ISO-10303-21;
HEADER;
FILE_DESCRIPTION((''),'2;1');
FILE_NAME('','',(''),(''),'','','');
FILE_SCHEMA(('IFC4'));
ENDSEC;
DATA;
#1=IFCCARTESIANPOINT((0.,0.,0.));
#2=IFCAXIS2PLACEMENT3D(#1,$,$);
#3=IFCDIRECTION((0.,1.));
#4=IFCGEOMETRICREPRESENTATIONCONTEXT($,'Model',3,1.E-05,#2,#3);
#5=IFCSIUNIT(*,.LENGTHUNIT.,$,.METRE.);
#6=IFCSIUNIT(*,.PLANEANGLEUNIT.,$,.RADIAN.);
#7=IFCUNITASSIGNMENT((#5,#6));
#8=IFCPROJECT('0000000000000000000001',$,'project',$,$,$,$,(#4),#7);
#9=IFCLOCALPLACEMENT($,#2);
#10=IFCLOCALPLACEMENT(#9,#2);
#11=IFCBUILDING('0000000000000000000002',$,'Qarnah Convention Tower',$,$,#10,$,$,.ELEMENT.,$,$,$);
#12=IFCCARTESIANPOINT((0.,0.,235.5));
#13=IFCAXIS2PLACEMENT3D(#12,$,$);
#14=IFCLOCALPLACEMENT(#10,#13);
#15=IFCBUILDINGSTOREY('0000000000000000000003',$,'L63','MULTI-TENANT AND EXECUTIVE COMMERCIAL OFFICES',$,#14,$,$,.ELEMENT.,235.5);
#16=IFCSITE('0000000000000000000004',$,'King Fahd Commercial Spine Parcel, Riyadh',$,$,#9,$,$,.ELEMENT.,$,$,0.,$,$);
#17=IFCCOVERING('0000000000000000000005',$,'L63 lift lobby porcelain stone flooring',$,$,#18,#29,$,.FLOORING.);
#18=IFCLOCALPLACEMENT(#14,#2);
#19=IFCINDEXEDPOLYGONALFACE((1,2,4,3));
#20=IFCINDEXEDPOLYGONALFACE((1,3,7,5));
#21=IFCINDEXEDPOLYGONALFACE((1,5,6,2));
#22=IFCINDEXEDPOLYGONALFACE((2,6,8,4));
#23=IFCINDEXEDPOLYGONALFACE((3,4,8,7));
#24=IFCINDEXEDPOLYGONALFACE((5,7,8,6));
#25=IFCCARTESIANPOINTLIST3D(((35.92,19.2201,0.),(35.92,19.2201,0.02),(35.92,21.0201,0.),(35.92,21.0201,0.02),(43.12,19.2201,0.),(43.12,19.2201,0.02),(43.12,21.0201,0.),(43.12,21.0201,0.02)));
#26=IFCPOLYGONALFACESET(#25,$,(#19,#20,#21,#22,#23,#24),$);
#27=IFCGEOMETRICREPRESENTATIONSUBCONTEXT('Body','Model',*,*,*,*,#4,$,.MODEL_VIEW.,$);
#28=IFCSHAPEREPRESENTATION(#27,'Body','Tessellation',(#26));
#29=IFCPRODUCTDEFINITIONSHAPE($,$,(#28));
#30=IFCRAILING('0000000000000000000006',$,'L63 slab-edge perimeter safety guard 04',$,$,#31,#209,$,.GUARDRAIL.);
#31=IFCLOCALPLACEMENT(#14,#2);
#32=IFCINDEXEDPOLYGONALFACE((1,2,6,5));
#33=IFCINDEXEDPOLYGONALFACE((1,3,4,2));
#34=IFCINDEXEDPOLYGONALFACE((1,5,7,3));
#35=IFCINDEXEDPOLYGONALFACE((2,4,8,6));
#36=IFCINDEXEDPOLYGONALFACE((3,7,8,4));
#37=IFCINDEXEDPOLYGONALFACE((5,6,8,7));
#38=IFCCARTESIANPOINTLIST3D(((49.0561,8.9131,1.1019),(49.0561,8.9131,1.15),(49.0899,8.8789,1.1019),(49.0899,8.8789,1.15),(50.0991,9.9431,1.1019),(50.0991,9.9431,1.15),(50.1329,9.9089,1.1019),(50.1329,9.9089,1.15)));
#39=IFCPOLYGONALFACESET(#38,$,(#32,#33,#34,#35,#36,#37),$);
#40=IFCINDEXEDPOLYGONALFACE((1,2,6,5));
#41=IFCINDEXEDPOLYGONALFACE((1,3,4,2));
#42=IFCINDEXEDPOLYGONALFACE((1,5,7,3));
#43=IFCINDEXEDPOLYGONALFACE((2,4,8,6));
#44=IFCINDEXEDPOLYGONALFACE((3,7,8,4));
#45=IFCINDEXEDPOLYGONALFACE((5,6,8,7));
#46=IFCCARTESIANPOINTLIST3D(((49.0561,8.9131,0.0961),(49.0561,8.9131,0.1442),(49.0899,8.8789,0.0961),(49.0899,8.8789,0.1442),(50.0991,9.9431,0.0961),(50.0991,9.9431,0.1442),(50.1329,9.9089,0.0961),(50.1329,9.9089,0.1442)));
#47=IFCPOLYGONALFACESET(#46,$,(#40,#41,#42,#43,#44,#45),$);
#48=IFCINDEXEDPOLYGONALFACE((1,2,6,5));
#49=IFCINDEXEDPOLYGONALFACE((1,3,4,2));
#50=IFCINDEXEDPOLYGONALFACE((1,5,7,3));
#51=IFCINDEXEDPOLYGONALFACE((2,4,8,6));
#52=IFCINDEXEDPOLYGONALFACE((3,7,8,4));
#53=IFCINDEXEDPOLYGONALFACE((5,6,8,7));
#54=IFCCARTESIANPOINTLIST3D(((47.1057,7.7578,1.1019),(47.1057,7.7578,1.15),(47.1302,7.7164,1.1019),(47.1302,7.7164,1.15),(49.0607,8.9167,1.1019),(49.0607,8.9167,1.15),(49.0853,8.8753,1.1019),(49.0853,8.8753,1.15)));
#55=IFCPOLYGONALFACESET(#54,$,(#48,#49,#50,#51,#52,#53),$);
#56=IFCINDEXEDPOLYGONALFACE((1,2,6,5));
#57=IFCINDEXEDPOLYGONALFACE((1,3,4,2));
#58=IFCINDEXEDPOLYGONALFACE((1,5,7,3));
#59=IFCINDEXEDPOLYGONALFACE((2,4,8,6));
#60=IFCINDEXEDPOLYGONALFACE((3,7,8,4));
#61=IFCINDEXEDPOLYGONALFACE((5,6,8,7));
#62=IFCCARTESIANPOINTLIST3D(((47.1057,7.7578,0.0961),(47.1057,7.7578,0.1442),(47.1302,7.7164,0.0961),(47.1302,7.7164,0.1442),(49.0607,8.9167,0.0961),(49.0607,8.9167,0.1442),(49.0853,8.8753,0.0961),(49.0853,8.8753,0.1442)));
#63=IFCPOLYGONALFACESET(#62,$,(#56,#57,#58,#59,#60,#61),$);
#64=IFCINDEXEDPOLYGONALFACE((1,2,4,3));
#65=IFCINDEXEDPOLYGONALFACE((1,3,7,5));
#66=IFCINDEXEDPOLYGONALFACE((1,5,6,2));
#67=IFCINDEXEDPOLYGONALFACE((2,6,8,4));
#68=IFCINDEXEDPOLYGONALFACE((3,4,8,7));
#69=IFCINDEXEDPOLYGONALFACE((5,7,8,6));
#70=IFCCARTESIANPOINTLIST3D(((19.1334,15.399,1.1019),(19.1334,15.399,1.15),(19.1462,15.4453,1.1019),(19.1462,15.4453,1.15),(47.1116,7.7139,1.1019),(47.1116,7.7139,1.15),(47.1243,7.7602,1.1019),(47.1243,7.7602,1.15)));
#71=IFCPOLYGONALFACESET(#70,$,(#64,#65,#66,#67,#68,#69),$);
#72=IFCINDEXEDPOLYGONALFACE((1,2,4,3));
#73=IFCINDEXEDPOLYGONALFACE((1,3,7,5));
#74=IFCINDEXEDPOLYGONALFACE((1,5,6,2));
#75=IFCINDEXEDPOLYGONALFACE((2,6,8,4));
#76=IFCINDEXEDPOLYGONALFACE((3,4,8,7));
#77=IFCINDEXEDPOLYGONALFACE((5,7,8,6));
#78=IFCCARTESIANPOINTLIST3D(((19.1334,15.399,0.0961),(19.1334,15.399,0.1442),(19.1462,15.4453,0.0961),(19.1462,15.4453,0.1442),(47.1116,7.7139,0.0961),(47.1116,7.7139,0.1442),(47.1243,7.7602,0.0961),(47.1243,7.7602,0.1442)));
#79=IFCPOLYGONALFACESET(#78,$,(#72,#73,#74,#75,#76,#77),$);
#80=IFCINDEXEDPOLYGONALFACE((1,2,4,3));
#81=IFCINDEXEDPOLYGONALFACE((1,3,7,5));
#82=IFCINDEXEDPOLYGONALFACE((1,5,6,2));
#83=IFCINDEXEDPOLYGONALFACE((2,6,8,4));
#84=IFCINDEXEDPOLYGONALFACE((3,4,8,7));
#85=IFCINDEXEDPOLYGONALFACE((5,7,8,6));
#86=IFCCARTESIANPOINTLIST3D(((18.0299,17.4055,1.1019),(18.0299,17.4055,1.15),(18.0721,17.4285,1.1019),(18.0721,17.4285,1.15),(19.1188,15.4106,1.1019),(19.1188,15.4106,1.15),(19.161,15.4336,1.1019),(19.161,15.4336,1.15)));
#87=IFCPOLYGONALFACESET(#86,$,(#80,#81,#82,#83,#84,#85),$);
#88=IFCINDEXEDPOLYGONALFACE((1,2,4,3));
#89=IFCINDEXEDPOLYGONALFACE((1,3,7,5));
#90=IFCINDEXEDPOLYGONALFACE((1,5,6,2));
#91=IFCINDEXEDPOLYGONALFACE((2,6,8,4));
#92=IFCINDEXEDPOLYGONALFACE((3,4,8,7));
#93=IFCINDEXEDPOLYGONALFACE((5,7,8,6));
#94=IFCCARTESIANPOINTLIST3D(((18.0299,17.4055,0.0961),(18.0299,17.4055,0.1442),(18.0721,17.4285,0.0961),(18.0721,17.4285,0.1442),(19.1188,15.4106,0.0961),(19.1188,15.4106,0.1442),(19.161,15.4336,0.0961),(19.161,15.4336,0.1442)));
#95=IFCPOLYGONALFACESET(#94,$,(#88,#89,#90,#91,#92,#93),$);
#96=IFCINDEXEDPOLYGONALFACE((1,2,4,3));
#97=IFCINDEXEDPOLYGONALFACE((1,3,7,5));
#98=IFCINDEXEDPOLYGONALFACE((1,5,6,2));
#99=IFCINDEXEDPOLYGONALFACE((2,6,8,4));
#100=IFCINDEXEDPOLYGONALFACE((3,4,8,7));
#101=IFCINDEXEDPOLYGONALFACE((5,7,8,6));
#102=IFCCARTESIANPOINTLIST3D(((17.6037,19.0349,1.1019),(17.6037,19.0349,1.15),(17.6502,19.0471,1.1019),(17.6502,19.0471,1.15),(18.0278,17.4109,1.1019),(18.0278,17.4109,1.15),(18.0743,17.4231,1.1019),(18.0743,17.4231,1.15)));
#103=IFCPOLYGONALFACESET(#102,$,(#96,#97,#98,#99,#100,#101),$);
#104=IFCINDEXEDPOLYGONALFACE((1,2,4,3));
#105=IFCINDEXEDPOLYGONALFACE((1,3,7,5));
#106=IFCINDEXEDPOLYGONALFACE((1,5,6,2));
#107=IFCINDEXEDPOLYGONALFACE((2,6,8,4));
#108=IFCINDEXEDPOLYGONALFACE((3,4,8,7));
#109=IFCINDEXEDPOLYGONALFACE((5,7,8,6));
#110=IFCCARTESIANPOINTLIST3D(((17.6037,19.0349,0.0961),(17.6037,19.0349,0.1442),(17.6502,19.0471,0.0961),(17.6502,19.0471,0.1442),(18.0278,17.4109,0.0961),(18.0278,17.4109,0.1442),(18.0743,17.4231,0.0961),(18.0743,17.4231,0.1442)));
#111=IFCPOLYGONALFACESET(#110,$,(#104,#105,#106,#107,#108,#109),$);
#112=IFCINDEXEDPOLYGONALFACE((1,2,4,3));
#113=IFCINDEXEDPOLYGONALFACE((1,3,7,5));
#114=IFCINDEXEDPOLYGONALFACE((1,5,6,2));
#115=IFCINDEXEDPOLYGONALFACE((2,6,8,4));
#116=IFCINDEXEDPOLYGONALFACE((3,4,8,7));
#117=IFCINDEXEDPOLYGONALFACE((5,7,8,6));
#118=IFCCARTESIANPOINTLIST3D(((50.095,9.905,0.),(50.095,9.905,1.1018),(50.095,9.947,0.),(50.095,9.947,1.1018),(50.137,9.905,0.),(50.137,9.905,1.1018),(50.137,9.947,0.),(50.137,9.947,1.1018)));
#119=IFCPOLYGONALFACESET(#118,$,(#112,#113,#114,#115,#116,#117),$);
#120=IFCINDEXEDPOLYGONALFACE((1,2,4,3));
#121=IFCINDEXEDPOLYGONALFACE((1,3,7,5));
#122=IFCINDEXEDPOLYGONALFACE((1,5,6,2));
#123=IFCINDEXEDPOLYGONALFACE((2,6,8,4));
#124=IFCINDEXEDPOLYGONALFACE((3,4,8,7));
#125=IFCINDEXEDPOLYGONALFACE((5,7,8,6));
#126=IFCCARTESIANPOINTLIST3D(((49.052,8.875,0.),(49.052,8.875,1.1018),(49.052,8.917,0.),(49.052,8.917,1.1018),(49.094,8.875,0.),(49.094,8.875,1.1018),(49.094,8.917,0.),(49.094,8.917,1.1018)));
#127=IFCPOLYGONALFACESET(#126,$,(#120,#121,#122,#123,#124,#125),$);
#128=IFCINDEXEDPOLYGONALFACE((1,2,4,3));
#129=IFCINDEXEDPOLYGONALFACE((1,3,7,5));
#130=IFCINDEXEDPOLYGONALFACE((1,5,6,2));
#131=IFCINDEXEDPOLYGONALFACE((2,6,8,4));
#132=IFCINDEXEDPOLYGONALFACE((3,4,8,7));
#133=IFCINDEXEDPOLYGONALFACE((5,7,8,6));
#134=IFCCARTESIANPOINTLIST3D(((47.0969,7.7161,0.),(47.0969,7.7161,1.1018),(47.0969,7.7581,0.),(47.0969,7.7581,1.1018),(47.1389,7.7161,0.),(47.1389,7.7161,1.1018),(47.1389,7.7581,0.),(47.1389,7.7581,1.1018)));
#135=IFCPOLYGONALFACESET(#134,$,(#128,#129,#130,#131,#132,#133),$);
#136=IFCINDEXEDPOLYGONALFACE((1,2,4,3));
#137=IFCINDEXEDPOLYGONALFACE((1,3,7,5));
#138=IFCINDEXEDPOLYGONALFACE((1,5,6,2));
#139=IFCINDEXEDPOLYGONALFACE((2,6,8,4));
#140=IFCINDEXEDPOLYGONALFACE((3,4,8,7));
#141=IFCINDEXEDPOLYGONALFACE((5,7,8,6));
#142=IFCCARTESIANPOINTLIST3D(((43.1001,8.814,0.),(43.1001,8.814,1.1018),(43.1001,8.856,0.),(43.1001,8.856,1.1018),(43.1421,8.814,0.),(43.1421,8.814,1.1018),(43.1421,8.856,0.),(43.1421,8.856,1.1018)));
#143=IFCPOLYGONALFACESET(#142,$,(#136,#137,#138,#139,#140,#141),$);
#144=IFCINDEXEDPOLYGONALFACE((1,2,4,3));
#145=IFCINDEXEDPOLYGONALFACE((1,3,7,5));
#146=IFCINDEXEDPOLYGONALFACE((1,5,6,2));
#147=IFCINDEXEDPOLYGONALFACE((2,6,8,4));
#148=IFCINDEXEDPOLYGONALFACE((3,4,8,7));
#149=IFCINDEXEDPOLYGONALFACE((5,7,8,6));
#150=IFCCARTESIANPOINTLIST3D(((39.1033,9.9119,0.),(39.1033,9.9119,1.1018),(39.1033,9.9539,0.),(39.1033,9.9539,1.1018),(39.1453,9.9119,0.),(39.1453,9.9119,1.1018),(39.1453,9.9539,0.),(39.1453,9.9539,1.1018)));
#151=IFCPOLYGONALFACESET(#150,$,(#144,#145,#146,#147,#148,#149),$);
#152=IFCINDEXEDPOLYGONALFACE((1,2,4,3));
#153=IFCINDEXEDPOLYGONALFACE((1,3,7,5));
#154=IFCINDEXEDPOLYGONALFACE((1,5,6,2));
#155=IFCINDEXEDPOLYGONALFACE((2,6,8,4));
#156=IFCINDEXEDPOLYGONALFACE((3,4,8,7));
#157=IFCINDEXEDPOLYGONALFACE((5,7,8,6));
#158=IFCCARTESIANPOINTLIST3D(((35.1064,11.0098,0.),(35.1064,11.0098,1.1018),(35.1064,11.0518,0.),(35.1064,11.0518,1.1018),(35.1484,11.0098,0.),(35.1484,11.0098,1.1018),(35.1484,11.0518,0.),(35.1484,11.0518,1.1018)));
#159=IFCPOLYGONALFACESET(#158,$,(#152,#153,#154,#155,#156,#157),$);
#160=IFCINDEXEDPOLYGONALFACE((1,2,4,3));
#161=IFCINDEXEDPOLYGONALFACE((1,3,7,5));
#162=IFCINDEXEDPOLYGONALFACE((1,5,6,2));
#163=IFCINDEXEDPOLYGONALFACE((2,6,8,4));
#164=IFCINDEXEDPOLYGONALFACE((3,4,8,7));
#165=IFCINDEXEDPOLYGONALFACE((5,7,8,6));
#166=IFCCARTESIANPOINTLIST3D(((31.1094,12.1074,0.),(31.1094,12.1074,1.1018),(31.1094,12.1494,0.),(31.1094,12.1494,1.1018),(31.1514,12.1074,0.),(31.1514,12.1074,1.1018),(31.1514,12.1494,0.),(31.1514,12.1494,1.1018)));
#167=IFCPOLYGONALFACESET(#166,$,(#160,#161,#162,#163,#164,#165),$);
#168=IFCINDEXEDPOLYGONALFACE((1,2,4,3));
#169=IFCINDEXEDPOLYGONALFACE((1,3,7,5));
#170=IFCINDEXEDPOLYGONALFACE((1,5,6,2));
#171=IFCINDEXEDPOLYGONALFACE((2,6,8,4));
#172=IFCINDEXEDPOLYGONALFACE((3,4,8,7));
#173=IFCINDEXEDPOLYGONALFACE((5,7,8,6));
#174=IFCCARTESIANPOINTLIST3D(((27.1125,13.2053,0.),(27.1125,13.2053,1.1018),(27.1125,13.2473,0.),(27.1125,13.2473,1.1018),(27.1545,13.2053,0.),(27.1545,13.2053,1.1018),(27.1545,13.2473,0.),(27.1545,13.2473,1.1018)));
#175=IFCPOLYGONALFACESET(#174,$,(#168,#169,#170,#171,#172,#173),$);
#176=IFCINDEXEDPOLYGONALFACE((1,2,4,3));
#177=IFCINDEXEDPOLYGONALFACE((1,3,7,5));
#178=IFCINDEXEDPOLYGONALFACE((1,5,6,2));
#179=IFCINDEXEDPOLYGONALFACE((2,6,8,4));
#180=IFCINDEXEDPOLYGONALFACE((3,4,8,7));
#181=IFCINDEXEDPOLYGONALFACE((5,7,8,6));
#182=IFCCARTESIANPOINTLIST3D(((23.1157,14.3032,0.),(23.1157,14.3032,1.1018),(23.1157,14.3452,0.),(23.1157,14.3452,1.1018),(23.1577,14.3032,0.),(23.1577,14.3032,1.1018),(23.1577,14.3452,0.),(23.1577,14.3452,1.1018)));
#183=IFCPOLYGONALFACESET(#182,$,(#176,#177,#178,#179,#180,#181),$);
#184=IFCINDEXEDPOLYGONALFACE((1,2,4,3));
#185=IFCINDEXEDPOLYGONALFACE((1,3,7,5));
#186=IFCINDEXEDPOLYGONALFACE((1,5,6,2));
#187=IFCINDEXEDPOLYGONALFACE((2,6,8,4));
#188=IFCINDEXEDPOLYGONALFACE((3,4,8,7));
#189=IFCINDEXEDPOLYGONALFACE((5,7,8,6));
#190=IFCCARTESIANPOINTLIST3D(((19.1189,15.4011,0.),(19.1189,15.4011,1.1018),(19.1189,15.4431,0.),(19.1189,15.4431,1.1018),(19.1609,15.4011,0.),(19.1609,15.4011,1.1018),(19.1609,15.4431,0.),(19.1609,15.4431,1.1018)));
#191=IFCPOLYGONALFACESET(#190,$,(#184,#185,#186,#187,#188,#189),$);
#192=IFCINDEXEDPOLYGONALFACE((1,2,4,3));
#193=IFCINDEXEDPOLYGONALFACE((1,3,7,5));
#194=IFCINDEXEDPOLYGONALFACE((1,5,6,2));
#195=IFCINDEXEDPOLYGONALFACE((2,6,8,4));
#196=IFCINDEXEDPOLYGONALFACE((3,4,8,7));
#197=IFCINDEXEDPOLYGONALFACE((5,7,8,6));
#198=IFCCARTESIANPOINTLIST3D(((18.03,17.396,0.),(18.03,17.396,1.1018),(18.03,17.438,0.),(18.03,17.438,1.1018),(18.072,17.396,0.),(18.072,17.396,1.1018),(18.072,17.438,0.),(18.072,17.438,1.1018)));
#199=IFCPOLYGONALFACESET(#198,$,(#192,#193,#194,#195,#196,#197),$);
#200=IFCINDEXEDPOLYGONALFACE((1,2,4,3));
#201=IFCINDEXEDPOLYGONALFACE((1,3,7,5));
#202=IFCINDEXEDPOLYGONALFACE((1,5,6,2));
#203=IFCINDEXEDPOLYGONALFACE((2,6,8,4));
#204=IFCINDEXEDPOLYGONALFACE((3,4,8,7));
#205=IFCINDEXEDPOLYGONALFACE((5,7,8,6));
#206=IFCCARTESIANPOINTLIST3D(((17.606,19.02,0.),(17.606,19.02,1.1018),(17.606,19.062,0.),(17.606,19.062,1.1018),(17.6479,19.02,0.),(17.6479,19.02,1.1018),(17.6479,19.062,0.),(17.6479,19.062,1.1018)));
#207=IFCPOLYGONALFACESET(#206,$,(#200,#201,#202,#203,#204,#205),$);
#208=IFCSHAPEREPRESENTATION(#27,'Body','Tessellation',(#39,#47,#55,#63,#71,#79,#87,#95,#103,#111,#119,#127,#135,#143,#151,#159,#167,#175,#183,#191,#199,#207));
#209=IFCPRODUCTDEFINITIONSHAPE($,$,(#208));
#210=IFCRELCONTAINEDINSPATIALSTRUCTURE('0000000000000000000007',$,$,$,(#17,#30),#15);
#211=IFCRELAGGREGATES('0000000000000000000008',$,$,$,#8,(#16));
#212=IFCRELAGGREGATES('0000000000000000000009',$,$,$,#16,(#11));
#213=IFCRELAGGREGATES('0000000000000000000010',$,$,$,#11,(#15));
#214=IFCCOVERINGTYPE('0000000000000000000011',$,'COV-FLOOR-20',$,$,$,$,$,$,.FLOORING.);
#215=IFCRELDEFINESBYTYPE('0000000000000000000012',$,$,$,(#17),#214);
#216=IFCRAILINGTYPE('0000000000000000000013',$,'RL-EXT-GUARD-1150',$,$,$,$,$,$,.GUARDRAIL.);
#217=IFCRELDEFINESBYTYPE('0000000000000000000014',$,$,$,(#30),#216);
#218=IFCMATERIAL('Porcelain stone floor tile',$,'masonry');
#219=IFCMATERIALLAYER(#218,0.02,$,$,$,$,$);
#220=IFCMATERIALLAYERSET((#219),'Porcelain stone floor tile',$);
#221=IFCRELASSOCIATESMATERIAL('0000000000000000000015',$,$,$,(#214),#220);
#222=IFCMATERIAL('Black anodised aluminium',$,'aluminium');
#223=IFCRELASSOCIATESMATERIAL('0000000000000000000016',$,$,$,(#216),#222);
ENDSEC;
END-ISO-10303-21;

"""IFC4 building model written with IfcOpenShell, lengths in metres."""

from ifc_helpers import new_model, si_unit, direction, frame, origin, origin_2d, place, context, subcontext, project, spatial, rectangle, extrude, material, layer, layer_set, type_object, element, save


model = new_model("IFC4")

# Units and contexts
model_context = context("Model", 3, precision=1e-05, world=origin(), true_north=direction((0.0, 1.0)))
body_context = subcontext(model_context, "Body", "Model", "MODEL_VIEW")
ifc_project = project(units=[si_unit("LENGTHUNIT", "METRE"), si_unit("PLANEANGLEUNIT", "RADIAN")], contexts=[model_context])

# Site, building, storey
site_placement = place(None, origin())
site = spatial("IfcSite", under=ifc_project, at=site_placement, Name="King Fahd Commercial Spine Parcel, Riyadh", CompositionType="ELEMENT", RefElevation=0.0)
building_placement = place(site_placement, origin())
building = spatial("IfcBuilding", under=site, at=building_placement, Name="Qarnah Convention Tower", CompositionType="ELEMENT")
storey_placement = place(building_placement, frame((0.0, 0.0, 235.5)))
storey = spatial("IfcBuildingStorey", under=building, at=storey_placement, Name="L63", Description="MULTI-TENANT AND EXECUTIVE COMMERCIAL OFFICES", CompositionType="ELEMENT", Elevation=235.5)

# Shared definitions
ifc_material_1 = material(Name="Black anodised aluminium", Category="aluminium")

# Covering
ifc_material_2 = material(Name="Porcelain stone floor tile", Category="masonry")
ifc_layer_1 = layer(ifc_material_2, 0.02)
ifc_layer_set_1 = layer_set([ifc_layer_1], Name="Porcelain stone floor tile")
covering_type = type_object("IfcCoveringType", Name="COV-FLOOR-20", PredefinedType="FLOORING", material=ifc_layer_set_1)
covering_placement = place(storey_placement, frame((39.52, 20.1201, 0.0), z_axis=(0.0, 0.0, 1.0), x_axis=(1.0, 0.0, 0.0)))
element("IfcCovering", 1, at=covering_placement, inside=storey, type_object=covering_type, Name="L63 lift lobby porcelain stone flooring", PredefinedType="FLOORING", context=body_context, shape_type="SweptSolid", body=[
    extrude(rectangle(XDim=7.2, YDim=1.8, at=origin_2d()), origin(), (0.0, 0.0, 1.0), 0.02),
])

# Railing
railing_type = type_object("IfcRailingType", Name="RL-EXT-GUARD-1150", PredefinedType="GUARDRAIL", material=ifc_material_1)
railing_1_placement = place(storey_placement, frame((50.116, 9.926, 0.0)))
element("IfcRailing", 2, at=railing_1_placement, inside=storey, type_object=railing_type, Name="L63 slab-edge perimeter safety guard 04", PredefinedType="GUARDRAIL", context=body_context, shape_type="SweptSolid", body=[
    extrude(rectangle(XDim=0.0481, YDim=0.0481, at=origin_2d()), frame((0.0, 0.0, 1.126), z_axis=(-0.711507, -0.702679, 0.0), x_axis=(0.702679, -0.711507, 0.0)), (0.0, 0.0, 1.0), 1.4658),
    extrude(rectangle(XDim=0.0481, YDim=0.0481, at=origin_2d()), frame((0.0, 0.0, 0.1201), z_axis=(-0.711507, -0.702679, 0.0), x_axis=(0.702679, -0.711507, 0.0)), (0.0, 0.0, 1.0), 1.4658),
    extrude(rectangle(XDim=0.0481, YDim=0.0481, at=origin_2d()), frame((-1.043, -1.03, 1.126), z_axis=(-0.86022, -0.509923, 0.0), x_axis=(0.509923, -0.86022, 0.0)), (0.0, 0.0, 1.0), 2.2727),
    extrude(rectangle(XDim=0.0481, YDim=0.0481, at=origin_2d()), frame((-1.043, -1.03, 0.1201), z_axis=(-0.86022, -0.509923, 0.0), x_axis=(0.509923, -0.86022, 0.0)), (0.0, 0.0, 1.0), 2.2727),
    extrude(rectangle(XDim=0.0481, YDim=0.0481, at=origin_2d()), frame((-2.998, -2.189, 1.126), z_axis=(-0.964284, 0.264871, 0.0), x_axis=(-0.264871, -0.964284, 0.0)), (0.0, 0.0, 1.0), 29.0144),
    extrude(rectangle(XDim=0.0481, YDim=0.0481, at=origin_2d()), frame((-2.998, -2.189, 0.1201), z_axis=(-0.964284, 0.264871, 0.0), x_axis=(-0.264871, -0.964284, 0.0)), (0.0, 0.0, 1.0), 29.0144),
    extrude(rectangle(XDim=0.0481, YDim=0.0481, at=origin_2d()), frame((-30.9761, 5.4961, 1.126), z_axis=(-0.479108, 0.877756, 0.0), x_axis=(-0.877756, -0.479108, 0.0)), (0.0, 0.0, 1.0), 2.2727),
    extrude(rectangle(XDim=0.0481, YDim=0.0481, at=origin_2d()), frame((-30.9761, 5.4961, 0.1201), z_axis=(-0.479108, 0.877756, 0.0), x_axis=(-0.877756, -0.479108, 0.0)), (0.0, 0.0, 1.0), 2.2727),
    extrude(rectangle(XDim=0.0481, YDim=0.0481, at=origin_2d()), frame((-32.0649, 7.491, 1.126), z_axis=(-0.252653, 0.967557, 0.0), x_axis=(-0.967557, -0.252653, 0.0)), (0.0, 0.0, 1.0), 1.6785),
    extrude(rectangle(XDim=0.0481, YDim=0.0481, at=origin_2d()), frame((-32.0649, 7.491, 0.1201), z_axis=(-0.252653, 0.967557, 0.0), x_axis=(-0.967557, -0.252653, 0.0)), (0.0, 0.0, 1.0), 1.6785),
    extrude(rectangle(XDim=0.042, YDim=0.042, at=origin_2d()), origin(), (0.0, 0.0, 1.0), 1.1018),
    extrude(rectangle(XDim=0.042, YDim=0.042, at=origin_2d()), frame((-1.043, -1.03, 0.0)), (0.0, 0.0, 1.0), 1.1018),
    extrude(rectangle(XDim=0.042, YDim=0.042, at=origin_2d()), frame((-2.998, -2.189, 0.0)), (0.0, 0.0, 1.0), 1.1018),
    extrude(rectangle(XDim=0.042, YDim=0.042, at=origin_2d()), frame((-6.9949, -1.0911, 0.0)), (0.0, 0.0, 1.0), 1.1018),
    extrude(rectangle(XDim=0.042, YDim=0.042, at=origin_2d()), frame((-10.9917, 0.0068, 0.0)), (0.0, 0.0, 1.0), 1.1018),
    extrude(rectangle(XDim=0.042, YDim=0.042, at=origin_2d()), frame((-14.9885, 1.1047, 0.0)), (0.0, 0.0, 1.0), 1.1018),
    extrude(rectangle(XDim=0.042, YDim=0.042, at=origin_2d()), frame((-18.9856, 2.2024, 0.0)), (0.0, 0.0, 1.0), 1.1018),
    extrude(rectangle(XDim=0.042, YDim=0.042, at=origin_2d()), frame((-22.9824, 3.3003, 0.0)), (0.0, 0.0, 1.0), 1.1018),
    extrude(rectangle(XDim=0.042, YDim=0.042, at=origin_2d()), frame((-26.9792, 4.3982, 0.0)), (0.0, 0.0, 1.0), 1.1018),
    extrude(rectangle(XDim=0.042, YDim=0.042, at=origin_2d()), frame((-30.9761, 5.4961, 0.0)), (0.0, 0.0, 1.0), 1.1018),
    extrude(rectangle(XDim=0.042, YDim=0.042, at=origin_2d()), frame((-32.0649, 7.491, 0.0)), (0.0, 0.0, 1.0), 1.1018),
    extrude(rectangle(XDim=0.042, YDim=0.042, at=origin_2d()), frame((-32.489, 9.115, 0.0)), (0.0, 0.0, 1.0), 1.1018),
])

save(model, "model.ifc")
